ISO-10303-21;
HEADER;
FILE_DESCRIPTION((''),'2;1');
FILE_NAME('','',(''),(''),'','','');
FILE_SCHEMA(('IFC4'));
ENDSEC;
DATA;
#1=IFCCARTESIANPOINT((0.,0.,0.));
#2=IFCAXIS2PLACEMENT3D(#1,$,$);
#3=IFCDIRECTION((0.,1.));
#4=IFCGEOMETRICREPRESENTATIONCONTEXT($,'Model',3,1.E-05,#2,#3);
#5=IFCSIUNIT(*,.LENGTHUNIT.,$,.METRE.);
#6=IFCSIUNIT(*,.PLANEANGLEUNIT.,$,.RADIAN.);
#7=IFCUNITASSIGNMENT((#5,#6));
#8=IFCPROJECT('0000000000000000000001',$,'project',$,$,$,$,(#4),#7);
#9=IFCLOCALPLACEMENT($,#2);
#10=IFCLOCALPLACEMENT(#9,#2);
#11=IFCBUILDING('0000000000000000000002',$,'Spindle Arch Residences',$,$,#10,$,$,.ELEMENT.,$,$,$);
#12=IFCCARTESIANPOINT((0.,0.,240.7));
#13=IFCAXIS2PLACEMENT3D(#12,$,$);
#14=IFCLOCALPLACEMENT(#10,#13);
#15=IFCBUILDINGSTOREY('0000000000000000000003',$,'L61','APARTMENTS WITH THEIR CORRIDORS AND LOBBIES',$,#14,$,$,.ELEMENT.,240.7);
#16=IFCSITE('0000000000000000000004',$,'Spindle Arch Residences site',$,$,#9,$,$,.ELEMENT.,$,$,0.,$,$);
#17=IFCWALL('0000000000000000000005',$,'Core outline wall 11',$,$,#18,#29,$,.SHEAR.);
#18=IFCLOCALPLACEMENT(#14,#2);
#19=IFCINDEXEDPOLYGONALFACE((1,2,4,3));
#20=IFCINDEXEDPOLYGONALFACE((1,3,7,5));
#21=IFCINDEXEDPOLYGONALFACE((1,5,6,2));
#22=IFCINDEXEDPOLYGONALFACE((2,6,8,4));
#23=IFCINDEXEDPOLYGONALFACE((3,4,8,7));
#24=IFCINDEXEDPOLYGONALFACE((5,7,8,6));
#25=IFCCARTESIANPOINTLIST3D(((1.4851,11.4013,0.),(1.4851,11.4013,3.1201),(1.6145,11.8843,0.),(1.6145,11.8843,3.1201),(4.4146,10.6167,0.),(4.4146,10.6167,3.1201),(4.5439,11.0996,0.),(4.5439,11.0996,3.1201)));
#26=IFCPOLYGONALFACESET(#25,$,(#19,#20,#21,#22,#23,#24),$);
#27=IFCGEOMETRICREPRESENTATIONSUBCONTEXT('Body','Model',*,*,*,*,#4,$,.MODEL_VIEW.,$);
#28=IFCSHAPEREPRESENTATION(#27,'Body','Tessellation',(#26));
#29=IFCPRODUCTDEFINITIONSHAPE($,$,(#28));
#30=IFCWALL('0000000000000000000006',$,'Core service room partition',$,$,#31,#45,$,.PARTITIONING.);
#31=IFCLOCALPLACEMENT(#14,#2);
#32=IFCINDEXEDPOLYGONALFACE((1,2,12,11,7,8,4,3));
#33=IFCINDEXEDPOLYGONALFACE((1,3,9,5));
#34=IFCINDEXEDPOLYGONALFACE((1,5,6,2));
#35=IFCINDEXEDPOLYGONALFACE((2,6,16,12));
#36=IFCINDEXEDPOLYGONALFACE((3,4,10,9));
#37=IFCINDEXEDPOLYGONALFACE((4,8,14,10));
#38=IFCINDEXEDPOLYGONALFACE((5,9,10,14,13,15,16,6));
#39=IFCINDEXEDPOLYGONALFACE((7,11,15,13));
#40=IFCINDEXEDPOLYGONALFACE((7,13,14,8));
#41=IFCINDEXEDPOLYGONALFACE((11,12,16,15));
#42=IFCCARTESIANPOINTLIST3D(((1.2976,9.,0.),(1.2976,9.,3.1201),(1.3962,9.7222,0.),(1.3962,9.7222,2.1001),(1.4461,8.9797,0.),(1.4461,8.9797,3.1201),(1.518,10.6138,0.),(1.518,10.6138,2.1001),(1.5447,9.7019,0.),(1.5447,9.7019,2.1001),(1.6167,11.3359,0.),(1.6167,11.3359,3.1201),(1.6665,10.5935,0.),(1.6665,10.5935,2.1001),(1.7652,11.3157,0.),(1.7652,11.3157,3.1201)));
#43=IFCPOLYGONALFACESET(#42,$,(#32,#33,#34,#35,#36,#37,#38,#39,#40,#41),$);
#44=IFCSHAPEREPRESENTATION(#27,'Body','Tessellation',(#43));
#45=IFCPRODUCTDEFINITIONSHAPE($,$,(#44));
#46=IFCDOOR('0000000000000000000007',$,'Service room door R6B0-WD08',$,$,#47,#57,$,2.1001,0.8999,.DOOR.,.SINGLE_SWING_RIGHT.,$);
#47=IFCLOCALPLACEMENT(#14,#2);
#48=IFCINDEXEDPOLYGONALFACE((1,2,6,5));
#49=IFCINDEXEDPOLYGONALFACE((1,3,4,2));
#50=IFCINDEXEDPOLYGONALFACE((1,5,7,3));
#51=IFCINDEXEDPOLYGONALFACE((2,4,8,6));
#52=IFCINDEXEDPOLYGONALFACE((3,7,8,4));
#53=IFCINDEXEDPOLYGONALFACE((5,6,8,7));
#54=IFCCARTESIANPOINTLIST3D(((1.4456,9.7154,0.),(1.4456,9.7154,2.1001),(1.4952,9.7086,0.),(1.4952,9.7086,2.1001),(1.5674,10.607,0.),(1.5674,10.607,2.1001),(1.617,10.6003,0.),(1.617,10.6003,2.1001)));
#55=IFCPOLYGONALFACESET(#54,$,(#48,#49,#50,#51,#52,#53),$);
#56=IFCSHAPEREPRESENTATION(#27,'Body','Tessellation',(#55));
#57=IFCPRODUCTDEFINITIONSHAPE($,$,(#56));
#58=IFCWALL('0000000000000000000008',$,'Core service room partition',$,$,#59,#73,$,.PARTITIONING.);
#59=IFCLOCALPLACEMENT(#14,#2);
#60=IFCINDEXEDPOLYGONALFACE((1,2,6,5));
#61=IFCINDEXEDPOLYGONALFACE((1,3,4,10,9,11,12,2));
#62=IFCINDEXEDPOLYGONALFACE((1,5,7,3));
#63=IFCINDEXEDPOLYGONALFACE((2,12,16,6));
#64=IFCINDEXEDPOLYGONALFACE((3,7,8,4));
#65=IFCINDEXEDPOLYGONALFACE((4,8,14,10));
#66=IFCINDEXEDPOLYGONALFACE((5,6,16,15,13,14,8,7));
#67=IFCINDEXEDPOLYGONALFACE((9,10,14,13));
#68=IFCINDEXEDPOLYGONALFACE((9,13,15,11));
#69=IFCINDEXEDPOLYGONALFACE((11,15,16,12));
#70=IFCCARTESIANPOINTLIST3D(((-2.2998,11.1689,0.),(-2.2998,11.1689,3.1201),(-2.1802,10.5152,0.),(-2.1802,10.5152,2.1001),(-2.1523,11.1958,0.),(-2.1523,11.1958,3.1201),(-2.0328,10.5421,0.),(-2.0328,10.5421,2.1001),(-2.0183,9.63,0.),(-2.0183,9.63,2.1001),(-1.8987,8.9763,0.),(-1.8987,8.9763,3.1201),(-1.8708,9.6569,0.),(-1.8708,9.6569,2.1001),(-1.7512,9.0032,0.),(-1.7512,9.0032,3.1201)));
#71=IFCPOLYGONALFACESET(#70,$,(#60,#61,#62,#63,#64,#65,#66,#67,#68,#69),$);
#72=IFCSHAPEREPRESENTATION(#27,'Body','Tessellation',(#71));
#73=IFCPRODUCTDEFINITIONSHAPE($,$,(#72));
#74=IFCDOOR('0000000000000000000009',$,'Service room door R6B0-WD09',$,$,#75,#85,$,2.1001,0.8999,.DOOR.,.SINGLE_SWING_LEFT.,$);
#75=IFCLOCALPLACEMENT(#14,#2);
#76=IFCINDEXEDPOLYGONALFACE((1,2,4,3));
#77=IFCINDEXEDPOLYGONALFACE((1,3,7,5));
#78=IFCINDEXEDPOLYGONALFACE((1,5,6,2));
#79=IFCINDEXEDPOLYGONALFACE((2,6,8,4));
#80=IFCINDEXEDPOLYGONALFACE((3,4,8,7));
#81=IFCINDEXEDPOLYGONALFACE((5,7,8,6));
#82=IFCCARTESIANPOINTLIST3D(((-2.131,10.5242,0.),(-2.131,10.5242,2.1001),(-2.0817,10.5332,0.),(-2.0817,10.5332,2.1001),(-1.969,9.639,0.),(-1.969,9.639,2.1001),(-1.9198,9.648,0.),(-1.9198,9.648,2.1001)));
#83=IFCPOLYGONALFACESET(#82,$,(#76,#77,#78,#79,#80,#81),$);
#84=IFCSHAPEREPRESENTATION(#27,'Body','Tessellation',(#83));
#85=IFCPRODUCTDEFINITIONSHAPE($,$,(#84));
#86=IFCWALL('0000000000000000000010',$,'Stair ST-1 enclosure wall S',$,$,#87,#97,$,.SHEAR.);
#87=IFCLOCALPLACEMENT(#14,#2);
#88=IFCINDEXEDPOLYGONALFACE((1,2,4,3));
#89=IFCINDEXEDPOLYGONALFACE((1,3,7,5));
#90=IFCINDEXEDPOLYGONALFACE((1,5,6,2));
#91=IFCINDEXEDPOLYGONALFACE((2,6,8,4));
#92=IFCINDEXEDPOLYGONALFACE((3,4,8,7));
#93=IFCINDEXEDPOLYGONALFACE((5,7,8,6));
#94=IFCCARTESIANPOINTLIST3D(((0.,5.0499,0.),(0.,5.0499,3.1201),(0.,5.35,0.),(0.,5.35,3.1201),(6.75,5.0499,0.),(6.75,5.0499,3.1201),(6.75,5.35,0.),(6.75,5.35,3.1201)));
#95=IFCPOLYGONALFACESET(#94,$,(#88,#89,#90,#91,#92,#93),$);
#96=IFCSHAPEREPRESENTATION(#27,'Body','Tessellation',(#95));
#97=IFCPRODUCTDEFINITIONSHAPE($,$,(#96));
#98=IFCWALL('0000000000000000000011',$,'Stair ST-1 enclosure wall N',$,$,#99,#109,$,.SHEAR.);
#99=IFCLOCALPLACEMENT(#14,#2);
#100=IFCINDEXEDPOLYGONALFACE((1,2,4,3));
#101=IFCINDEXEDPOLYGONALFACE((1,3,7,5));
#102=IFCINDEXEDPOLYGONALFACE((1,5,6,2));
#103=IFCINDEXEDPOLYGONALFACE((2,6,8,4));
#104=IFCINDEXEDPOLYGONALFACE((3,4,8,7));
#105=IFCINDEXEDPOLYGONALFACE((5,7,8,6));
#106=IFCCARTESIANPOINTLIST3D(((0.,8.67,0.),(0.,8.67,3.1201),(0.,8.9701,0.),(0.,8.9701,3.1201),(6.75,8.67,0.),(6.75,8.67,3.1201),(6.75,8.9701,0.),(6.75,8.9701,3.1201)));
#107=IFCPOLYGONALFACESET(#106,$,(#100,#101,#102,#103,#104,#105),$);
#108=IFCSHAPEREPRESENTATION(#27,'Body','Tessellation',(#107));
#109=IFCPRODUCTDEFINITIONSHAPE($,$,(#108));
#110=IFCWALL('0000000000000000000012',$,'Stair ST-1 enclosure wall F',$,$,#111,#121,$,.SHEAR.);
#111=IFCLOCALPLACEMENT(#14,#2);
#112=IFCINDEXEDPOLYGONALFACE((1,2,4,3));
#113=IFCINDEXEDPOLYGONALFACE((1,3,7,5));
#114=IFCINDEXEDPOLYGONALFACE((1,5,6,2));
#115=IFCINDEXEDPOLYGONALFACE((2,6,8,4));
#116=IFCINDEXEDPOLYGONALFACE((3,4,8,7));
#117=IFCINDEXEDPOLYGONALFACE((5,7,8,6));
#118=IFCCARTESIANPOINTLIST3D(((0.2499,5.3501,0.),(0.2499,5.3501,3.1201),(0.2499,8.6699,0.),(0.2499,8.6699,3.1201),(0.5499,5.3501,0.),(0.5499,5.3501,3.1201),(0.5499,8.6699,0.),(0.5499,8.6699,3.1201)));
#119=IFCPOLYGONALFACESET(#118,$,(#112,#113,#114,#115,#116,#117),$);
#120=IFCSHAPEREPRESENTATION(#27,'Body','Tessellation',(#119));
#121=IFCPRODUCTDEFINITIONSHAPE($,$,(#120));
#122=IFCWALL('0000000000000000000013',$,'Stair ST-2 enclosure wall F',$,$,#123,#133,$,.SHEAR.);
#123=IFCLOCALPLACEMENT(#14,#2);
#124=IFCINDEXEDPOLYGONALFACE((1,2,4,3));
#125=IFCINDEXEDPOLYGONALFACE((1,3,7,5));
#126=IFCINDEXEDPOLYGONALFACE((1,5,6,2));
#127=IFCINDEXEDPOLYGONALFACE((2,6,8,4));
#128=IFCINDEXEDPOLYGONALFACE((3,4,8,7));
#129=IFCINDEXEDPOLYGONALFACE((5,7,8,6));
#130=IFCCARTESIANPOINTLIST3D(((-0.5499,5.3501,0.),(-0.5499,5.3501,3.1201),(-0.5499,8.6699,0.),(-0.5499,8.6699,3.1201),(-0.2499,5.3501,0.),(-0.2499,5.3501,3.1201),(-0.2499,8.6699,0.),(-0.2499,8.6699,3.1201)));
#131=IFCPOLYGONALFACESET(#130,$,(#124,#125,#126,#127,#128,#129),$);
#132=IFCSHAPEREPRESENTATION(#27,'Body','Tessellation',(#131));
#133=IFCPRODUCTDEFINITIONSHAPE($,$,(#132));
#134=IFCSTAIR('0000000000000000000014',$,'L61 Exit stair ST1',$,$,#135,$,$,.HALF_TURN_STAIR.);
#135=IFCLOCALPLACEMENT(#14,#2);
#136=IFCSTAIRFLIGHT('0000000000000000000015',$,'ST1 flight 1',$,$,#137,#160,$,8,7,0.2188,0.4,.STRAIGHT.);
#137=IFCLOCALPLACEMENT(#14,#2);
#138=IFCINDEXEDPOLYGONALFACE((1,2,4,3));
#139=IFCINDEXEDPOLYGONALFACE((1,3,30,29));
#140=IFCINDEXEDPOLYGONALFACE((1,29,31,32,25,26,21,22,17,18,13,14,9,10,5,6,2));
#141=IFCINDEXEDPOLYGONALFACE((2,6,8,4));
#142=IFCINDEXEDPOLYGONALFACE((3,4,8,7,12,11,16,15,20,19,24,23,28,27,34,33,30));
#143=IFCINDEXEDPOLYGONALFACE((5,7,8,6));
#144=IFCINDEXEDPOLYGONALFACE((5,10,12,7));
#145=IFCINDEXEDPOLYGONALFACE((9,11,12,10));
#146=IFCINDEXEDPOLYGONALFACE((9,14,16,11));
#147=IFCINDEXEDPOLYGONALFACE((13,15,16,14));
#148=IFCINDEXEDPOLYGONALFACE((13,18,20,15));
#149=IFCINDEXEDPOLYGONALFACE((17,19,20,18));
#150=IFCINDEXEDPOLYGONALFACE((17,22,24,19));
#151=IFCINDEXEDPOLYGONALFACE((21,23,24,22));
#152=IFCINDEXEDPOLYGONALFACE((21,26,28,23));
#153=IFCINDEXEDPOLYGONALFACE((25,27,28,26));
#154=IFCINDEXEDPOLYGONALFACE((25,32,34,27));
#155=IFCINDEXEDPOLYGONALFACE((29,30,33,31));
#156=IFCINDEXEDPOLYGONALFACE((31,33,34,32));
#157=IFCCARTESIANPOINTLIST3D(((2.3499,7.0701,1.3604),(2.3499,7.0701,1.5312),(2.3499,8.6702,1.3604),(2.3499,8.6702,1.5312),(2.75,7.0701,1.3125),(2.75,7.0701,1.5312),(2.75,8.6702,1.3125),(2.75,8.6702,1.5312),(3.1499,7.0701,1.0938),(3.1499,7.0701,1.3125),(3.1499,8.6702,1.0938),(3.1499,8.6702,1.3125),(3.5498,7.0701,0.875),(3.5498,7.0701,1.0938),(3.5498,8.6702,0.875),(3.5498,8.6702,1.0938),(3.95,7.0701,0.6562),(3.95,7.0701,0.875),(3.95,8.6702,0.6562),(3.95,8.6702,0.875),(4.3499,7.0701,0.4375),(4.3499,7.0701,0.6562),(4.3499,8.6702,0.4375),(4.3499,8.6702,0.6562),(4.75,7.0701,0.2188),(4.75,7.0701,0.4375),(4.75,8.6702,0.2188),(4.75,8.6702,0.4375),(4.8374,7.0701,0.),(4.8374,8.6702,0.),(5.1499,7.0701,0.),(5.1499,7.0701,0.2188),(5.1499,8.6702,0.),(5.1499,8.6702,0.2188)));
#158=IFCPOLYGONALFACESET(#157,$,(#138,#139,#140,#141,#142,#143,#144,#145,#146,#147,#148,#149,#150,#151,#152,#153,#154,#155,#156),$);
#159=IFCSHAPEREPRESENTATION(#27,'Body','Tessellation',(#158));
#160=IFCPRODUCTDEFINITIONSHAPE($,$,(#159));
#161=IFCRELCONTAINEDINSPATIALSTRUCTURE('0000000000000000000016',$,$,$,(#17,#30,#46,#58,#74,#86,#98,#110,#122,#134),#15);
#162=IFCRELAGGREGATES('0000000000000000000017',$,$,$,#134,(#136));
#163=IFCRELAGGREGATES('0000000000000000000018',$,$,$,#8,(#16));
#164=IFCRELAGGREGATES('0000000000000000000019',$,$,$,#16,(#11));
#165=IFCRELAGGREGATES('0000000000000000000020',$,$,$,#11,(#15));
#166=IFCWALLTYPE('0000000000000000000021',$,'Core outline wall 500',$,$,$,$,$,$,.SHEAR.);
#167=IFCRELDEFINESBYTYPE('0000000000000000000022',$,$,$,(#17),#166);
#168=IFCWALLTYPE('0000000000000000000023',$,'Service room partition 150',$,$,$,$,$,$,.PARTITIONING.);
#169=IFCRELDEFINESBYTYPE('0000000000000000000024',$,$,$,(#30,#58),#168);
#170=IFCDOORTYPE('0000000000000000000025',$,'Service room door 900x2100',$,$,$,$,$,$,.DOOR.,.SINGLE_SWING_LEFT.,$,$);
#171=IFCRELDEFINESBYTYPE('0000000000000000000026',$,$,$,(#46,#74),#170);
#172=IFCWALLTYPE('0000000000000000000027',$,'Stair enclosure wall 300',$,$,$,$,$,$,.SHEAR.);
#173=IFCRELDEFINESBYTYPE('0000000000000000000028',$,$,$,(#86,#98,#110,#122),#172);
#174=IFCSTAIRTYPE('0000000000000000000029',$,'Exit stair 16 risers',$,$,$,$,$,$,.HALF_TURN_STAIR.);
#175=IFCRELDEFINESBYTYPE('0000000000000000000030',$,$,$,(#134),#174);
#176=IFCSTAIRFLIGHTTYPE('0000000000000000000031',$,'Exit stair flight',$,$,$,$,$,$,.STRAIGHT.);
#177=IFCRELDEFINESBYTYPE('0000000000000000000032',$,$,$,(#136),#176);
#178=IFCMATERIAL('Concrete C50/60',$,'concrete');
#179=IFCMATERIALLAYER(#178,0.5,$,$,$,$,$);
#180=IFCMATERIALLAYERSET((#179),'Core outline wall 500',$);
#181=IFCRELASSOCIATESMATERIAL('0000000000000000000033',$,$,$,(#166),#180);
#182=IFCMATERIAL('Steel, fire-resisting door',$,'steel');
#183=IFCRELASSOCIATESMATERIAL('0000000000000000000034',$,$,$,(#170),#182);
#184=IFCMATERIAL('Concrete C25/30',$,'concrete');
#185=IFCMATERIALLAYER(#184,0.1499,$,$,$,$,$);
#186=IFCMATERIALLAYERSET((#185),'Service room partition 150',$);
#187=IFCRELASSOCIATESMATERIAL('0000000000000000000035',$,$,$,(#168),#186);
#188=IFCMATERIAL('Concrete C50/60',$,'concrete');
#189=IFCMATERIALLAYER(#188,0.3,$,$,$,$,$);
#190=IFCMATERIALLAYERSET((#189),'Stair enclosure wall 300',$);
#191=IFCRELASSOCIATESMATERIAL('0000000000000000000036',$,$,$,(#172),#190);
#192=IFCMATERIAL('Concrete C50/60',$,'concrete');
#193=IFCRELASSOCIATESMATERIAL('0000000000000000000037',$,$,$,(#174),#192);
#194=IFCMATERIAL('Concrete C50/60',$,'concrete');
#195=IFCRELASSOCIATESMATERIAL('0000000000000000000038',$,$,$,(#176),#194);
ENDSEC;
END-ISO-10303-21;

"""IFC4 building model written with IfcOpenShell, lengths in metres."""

from ifc_helpers import new_model, si_unit, direction, frame, frame_2d, origin, place, context, subcontext, project, spatial, polyline, rectangle, outline, extrude, material, layer, layer_set, type_object, element, fill, aggregate, save


model = new_model("IFC4")

# Units and contexts
model_context = context("Model", 3, precision=1e-05, world=origin(), true_north=direction((0.0, 1.0)))
body_context = subcontext(model_context, "Body", "Model", "MODEL_VIEW")
ifc_project = project(units=[si_unit("LENGTHUNIT", "METRE"), si_unit("PLANEANGLEUNIT", "RADIAN")], contexts=[model_context])

# Site, building, storey
site_placement = place(None, origin())
site = spatial("IfcSite", under=ifc_project, at=site_placement, Name="Spindle Arch Residences site", CompositionType="ELEMENT", RefElevation=0.0)
building_placement = place(site_placement, origin())
building = spatial("IfcBuilding", under=site, at=building_placement, Name="Spindle Arch Residences", CompositionType="ELEMENT")
storey_placement = place(building_placement, frame((0.0, 0.0, 240.7)))
storey = spatial("IfcBuildingStorey", under=building, at=storey_placement, Name="L61", Description="APARTMENTS WITH THEIR CORRIDORS AND LOBBIES", CompositionType="ELEMENT", Elevation=240.7)

# Wall
ifc_material_1 = material(Name="Concrete C50/60", Category="concrete")
ifc_layer_1 = layer(ifc_material_1, 0.5)
ifc_layer_set_1 = layer_set([ifc_layer_1], Name="Core outline wall 500")
wall_type_1 = type_object("IfcWallType", Name="Core outline wall 500", PredefinedType="SHEAR", material=ifc_layer_set_1)
wall_1_placement = place(storey_placement, frame((4.4792, 10.8582, 0.0), z_axis=(0.0, 0.0, 1.0), x_axis=(-0.965948, 0.258735, 0.0)))
element("IfcWall", 1, at=wall_1_placement, inside=storey, type_object=wall_type_1, Name="Core outline wall 11", PredefinedType="SHEAR", context=body_context, shape_type="SweptSolid", body=[
    extrude(rectangle(XDim=3.0327, YDim=0.5, at=frame_2d((1.5164, 0.0))), origin(), (0.0, 0.0, 1.0), 3.1201),
])

# Shared definitions
ifc_material_2 = material(Name="Steel, fire-resisting door", Category="steel")
door_type_1 = type_object("IfcDoorType", Name="Service room door 900x2100", OperationType="SINGLE_SWING_LEFT", PredefinedType="DOOR", material=ifc_material_2)

# Walls, openings, doors
ifc_material_3 = material(Name="Concrete C25/30", Category="concrete")
ifc_layer_2 = layer(ifc_material_3, 0.1499)
ifc_layer_set_2 = layer_set([ifc_layer_2], Name="Service room partition 150")
wall_type_2 = type_object("IfcWallType", Name="Service room partition 150", PredefinedType="PARTITIONING", material=ifc_layer_set_2)
wall_2_placement = place(storey_placement, frame((1.6909, 11.3257, 0.0), z_axis=(0.0, 0.0, 1.0), x_axis=(-0.135344, -0.990799, 0.0)))
wall_2 = element("IfcWall", 2, at=wall_2_placement, inside=storey, type_object=wall_type_2, Name="Core service room partition", PredefinedType="PARTITIONING", context=body_context, shape_type="SweptSolid", body=[
    extrude(rectangle(XDim=2.3577, YDim=0.1499, at=frame_2d((1.1787, 0.0))), origin(), (0.0, 0.0, 1.0), 3.1201),
])
opening_1_placement = place(wall_2_placement, frame((0.7288, 0.0, 0.0)))
opening_1 = element("IfcOpeningElement", 3, at=opening_1_placement, cuts=wall_2, PredefinedType="OPENING", context=body_context, shape_type="SweptSolid", body=[
    extrude(rectangle(XDim=0.8999, YDim=2.1001, at=frame_2d((0.45, 1.05))), frame((0.0, 0.085, 0.0), z_axis=(0.0, -1.0, 0.0), x_axis=(1.0, 0.0, 0.0)), (0.0, 0.0, 1.0), 0.1699),
])
door_1_placement = place(opening_1_placement, origin())
door_1 = element("IfcDoor", 4, at=door_1_placement, inside=storey, type_object=door_type_1, Name="Service room door R6B0-WD08", OperationType="SINGLE_SWING_RIGHT", OverallHeight=2.1001, OverallWidth=0.8999, PredefinedType="DOOR", context=body_context, shape_type="SweptSolid", body=[
    extrude(rectangle(XDim=0.8999, YDim=2.1001, at=frame_2d((0.45, 1.05))), frame((0.0, 0.0249, 0.0), z_axis=(0.0, -1.0, 0.0), x_axis=(1.0, 0.0, 0.0)), (0.0, 0.0, 1.0), 0.05),
])
fill(opening_1, door_1)
wall_3_placement = place(storey_placement, frame((-1.825, 8.9897, 0.0), z_axis=(0.0, 0.0, 1.0), x_axis=(-0.179955, 0.983675, 0.0)))
wall_3 = element("IfcWall", 5, at=wall_3_placement, inside=storey, type_object=wall_type_2, Name="Core service room partition", PredefinedType="PARTITIONING", context=body_context, shape_type="SweptSolid", body=[
    extrude(rectangle(XDim=2.229, YDim=0.1499, at=frame_2d((1.1145, 0.0))), origin(), (0.0, 0.0, 1.0), 3.1201),
])
opening_2_placement = place(wall_3_placement, frame((0.6646, 0.0, 0.0)))
opening_2 = element("IfcOpeningElement", 6, at=opening_2_placement, cuts=wall_3, PredefinedType="OPENING", context=body_context, shape_type="SweptSolid", body=[
    extrude(rectangle(XDim=0.8999, YDim=2.1001, at=frame_2d((0.45, 1.05))), frame((0.0, 0.085, 0.0), z_axis=(0.0, -1.0, 0.0), x_axis=(1.0, 0.0, 0.0)), (0.0, 0.0, 1.0), 0.1699),
])
door_2_placement = place(opening_2_placement, origin())
door_2 = element("IfcDoor", 7, at=door_2_placement, inside=storey, type_object=door_type_1, Name="Service room door R6B0-WD09", OperationType="SINGLE_SWING_LEFT", OverallHeight=2.1001, OverallWidth=0.8999, PredefinedType="DOOR", context=body_context, shape_type="SweptSolid", body=[
    extrude(rectangle(XDim=0.8999, YDim=2.1001, at=frame_2d((0.45, 1.05))), frame((0.0, 0.0249, 0.0), z_axis=(0.0, -1.0, 0.0), x_axis=(1.0, 0.0, 0.0)), (0.0, 0.0, 1.0), 0.05),
])
fill(opening_2, door_2)

# Walls
ifc_material_4 = material(Name="Concrete C50/60", Category="concrete")
ifc_layer_3 = layer(ifc_material_4, 0.3)
ifc_layer_set_3 = layer_set([ifc_layer_3], Name="Stair enclosure wall 300")
wall_type_3 = type_object("IfcWallType", Name="Stair enclosure wall 300", PredefinedType="SHEAR", material=ifc_layer_set_3)
for number, where, z_axis, x_axis, name in (
    (8, (0.0, 5.2, 0.0), (0.0, 0.0, 1.0), (1.0, 0.0, 0.0), "Stair ST-1 enclosure wall S"),
    (9, (0.0, 8.8201, 0.0), (0.0, 0.0, 1.0), (1.0, 0.0, 0.0), "Stair ST-1 enclosure wall N"),
):
    element("IfcWall", number, at=place(storey_placement, frame(where, z_axis=z_axis, x_axis=x_axis)), inside=storey, type_object=wall_type_3, Name=name, PredefinedType="SHEAR", context=body_context, shape_type="SweptSolid", body=[
        extrude(rectangle(XDim=6.75, YDim=0.3, at=frame_2d((3.375, 0.0))), origin(), (0.0, 0.0, 1.0), 3.1201),
    ])
for number, where, z_axis, x_axis, name in (
    (10, (0.3999, 5.3501, 0.0), (0.0, 0.0, 1.0), (0.0, 1.0, 0.0), "Stair ST-1 enclosure wall F"),
    (11, (-0.3999, 5.3501, 0.0), (0.0, 0.0, 1.0), (0.0, 1.0, 0.0), "Stair ST-2 enclosure wall F"),
):
    element("IfcWall", number, at=place(storey_placement, frame(where, z_axis=z_axis, x_axis=x_axis)), inside=storey, type_object=wall_type_3, Name=name, PredefinedType="SHEAR", context=body_context, shape_type="SweptSolid", body=[
        extrude(rectangle(XDim=3.3198, YDim=0.3, at=frame_2d((1.6599, 0.0))), origin(), (0.0, 0.0, 1.0), 3.1201),
    ])

# Stair, stair flight
ifc_material_5 = material(Name="Concrete C50/60", Category="concrete")
stair_type = type_object("IfcStairType", Name="Exit stair 16 risers", PredefinedType="HALF_TURN_STAIR", material=ifc_material_5)
stair_placement = place(storey_placement, origin())
stair = element("IfcStair", 12, at=stair_placement, inside=storey, type_object=stair_type, Name="L61 Exit stair ST1", PredefinedType="HALF_TURN_STAIR")
ifc_material_6 = material(Name="Concrete C50/60", Category="concrete")
stair_flight_type = type_object("IfcStairFlightType", Name="Exit stair flight", PredefinedType="STRAIGHT", material=ifc_material_6)
stair_flight_1_placement = place(storey_placement, frame((5.1499, 7.8701, 0.0), z_axis=(0.0, 0.0, 1.0), x_axis=(-1.0, 0.0, 0.0)))
stair_flight_1 = element("IfcStairFlight", 13, at=stair_flight_1_placement, type_object=stair_flight_type, Name="ST1 flight 1", NumberOfRisers=8, NumberOfTreads=7, PredefinedType="STRAIGHT", RiserHeight=0.2188, TreadLength=0.4, context=body_context, shape_type="SweptSolid", body=[
    extrude(outline(polyline([(0.0, 0.0), (0.0, 0.2188), (0.3999, 0.2188), (0.3999, 0.4375), (0.8, 0.4375), (0.8, 0.6562), (1.2, 0.6562), (1.2, 0.875), (1.6001, 0.875), (1.6001, 1.0938), (2.0, 1.0938), (2.0, 1.3125), (2.3999, 1.3125), (2.3999, 1.5312), (2.8, 1.5312), (2.8, 1.75), (2.8, 1.3604), (0.3125, 0.0), (0.0, 0.0)])), frame((0.0, 0.8, 0.0), z_axis=(0.0, -1.0, 0.0), x_axis=(1.0, 0.0, 0.0)), (0.0, 0.0, 1.0), 1.6001),
])
aggregate(stair, [stair_flight_1])

save(model, "model.ifc")
